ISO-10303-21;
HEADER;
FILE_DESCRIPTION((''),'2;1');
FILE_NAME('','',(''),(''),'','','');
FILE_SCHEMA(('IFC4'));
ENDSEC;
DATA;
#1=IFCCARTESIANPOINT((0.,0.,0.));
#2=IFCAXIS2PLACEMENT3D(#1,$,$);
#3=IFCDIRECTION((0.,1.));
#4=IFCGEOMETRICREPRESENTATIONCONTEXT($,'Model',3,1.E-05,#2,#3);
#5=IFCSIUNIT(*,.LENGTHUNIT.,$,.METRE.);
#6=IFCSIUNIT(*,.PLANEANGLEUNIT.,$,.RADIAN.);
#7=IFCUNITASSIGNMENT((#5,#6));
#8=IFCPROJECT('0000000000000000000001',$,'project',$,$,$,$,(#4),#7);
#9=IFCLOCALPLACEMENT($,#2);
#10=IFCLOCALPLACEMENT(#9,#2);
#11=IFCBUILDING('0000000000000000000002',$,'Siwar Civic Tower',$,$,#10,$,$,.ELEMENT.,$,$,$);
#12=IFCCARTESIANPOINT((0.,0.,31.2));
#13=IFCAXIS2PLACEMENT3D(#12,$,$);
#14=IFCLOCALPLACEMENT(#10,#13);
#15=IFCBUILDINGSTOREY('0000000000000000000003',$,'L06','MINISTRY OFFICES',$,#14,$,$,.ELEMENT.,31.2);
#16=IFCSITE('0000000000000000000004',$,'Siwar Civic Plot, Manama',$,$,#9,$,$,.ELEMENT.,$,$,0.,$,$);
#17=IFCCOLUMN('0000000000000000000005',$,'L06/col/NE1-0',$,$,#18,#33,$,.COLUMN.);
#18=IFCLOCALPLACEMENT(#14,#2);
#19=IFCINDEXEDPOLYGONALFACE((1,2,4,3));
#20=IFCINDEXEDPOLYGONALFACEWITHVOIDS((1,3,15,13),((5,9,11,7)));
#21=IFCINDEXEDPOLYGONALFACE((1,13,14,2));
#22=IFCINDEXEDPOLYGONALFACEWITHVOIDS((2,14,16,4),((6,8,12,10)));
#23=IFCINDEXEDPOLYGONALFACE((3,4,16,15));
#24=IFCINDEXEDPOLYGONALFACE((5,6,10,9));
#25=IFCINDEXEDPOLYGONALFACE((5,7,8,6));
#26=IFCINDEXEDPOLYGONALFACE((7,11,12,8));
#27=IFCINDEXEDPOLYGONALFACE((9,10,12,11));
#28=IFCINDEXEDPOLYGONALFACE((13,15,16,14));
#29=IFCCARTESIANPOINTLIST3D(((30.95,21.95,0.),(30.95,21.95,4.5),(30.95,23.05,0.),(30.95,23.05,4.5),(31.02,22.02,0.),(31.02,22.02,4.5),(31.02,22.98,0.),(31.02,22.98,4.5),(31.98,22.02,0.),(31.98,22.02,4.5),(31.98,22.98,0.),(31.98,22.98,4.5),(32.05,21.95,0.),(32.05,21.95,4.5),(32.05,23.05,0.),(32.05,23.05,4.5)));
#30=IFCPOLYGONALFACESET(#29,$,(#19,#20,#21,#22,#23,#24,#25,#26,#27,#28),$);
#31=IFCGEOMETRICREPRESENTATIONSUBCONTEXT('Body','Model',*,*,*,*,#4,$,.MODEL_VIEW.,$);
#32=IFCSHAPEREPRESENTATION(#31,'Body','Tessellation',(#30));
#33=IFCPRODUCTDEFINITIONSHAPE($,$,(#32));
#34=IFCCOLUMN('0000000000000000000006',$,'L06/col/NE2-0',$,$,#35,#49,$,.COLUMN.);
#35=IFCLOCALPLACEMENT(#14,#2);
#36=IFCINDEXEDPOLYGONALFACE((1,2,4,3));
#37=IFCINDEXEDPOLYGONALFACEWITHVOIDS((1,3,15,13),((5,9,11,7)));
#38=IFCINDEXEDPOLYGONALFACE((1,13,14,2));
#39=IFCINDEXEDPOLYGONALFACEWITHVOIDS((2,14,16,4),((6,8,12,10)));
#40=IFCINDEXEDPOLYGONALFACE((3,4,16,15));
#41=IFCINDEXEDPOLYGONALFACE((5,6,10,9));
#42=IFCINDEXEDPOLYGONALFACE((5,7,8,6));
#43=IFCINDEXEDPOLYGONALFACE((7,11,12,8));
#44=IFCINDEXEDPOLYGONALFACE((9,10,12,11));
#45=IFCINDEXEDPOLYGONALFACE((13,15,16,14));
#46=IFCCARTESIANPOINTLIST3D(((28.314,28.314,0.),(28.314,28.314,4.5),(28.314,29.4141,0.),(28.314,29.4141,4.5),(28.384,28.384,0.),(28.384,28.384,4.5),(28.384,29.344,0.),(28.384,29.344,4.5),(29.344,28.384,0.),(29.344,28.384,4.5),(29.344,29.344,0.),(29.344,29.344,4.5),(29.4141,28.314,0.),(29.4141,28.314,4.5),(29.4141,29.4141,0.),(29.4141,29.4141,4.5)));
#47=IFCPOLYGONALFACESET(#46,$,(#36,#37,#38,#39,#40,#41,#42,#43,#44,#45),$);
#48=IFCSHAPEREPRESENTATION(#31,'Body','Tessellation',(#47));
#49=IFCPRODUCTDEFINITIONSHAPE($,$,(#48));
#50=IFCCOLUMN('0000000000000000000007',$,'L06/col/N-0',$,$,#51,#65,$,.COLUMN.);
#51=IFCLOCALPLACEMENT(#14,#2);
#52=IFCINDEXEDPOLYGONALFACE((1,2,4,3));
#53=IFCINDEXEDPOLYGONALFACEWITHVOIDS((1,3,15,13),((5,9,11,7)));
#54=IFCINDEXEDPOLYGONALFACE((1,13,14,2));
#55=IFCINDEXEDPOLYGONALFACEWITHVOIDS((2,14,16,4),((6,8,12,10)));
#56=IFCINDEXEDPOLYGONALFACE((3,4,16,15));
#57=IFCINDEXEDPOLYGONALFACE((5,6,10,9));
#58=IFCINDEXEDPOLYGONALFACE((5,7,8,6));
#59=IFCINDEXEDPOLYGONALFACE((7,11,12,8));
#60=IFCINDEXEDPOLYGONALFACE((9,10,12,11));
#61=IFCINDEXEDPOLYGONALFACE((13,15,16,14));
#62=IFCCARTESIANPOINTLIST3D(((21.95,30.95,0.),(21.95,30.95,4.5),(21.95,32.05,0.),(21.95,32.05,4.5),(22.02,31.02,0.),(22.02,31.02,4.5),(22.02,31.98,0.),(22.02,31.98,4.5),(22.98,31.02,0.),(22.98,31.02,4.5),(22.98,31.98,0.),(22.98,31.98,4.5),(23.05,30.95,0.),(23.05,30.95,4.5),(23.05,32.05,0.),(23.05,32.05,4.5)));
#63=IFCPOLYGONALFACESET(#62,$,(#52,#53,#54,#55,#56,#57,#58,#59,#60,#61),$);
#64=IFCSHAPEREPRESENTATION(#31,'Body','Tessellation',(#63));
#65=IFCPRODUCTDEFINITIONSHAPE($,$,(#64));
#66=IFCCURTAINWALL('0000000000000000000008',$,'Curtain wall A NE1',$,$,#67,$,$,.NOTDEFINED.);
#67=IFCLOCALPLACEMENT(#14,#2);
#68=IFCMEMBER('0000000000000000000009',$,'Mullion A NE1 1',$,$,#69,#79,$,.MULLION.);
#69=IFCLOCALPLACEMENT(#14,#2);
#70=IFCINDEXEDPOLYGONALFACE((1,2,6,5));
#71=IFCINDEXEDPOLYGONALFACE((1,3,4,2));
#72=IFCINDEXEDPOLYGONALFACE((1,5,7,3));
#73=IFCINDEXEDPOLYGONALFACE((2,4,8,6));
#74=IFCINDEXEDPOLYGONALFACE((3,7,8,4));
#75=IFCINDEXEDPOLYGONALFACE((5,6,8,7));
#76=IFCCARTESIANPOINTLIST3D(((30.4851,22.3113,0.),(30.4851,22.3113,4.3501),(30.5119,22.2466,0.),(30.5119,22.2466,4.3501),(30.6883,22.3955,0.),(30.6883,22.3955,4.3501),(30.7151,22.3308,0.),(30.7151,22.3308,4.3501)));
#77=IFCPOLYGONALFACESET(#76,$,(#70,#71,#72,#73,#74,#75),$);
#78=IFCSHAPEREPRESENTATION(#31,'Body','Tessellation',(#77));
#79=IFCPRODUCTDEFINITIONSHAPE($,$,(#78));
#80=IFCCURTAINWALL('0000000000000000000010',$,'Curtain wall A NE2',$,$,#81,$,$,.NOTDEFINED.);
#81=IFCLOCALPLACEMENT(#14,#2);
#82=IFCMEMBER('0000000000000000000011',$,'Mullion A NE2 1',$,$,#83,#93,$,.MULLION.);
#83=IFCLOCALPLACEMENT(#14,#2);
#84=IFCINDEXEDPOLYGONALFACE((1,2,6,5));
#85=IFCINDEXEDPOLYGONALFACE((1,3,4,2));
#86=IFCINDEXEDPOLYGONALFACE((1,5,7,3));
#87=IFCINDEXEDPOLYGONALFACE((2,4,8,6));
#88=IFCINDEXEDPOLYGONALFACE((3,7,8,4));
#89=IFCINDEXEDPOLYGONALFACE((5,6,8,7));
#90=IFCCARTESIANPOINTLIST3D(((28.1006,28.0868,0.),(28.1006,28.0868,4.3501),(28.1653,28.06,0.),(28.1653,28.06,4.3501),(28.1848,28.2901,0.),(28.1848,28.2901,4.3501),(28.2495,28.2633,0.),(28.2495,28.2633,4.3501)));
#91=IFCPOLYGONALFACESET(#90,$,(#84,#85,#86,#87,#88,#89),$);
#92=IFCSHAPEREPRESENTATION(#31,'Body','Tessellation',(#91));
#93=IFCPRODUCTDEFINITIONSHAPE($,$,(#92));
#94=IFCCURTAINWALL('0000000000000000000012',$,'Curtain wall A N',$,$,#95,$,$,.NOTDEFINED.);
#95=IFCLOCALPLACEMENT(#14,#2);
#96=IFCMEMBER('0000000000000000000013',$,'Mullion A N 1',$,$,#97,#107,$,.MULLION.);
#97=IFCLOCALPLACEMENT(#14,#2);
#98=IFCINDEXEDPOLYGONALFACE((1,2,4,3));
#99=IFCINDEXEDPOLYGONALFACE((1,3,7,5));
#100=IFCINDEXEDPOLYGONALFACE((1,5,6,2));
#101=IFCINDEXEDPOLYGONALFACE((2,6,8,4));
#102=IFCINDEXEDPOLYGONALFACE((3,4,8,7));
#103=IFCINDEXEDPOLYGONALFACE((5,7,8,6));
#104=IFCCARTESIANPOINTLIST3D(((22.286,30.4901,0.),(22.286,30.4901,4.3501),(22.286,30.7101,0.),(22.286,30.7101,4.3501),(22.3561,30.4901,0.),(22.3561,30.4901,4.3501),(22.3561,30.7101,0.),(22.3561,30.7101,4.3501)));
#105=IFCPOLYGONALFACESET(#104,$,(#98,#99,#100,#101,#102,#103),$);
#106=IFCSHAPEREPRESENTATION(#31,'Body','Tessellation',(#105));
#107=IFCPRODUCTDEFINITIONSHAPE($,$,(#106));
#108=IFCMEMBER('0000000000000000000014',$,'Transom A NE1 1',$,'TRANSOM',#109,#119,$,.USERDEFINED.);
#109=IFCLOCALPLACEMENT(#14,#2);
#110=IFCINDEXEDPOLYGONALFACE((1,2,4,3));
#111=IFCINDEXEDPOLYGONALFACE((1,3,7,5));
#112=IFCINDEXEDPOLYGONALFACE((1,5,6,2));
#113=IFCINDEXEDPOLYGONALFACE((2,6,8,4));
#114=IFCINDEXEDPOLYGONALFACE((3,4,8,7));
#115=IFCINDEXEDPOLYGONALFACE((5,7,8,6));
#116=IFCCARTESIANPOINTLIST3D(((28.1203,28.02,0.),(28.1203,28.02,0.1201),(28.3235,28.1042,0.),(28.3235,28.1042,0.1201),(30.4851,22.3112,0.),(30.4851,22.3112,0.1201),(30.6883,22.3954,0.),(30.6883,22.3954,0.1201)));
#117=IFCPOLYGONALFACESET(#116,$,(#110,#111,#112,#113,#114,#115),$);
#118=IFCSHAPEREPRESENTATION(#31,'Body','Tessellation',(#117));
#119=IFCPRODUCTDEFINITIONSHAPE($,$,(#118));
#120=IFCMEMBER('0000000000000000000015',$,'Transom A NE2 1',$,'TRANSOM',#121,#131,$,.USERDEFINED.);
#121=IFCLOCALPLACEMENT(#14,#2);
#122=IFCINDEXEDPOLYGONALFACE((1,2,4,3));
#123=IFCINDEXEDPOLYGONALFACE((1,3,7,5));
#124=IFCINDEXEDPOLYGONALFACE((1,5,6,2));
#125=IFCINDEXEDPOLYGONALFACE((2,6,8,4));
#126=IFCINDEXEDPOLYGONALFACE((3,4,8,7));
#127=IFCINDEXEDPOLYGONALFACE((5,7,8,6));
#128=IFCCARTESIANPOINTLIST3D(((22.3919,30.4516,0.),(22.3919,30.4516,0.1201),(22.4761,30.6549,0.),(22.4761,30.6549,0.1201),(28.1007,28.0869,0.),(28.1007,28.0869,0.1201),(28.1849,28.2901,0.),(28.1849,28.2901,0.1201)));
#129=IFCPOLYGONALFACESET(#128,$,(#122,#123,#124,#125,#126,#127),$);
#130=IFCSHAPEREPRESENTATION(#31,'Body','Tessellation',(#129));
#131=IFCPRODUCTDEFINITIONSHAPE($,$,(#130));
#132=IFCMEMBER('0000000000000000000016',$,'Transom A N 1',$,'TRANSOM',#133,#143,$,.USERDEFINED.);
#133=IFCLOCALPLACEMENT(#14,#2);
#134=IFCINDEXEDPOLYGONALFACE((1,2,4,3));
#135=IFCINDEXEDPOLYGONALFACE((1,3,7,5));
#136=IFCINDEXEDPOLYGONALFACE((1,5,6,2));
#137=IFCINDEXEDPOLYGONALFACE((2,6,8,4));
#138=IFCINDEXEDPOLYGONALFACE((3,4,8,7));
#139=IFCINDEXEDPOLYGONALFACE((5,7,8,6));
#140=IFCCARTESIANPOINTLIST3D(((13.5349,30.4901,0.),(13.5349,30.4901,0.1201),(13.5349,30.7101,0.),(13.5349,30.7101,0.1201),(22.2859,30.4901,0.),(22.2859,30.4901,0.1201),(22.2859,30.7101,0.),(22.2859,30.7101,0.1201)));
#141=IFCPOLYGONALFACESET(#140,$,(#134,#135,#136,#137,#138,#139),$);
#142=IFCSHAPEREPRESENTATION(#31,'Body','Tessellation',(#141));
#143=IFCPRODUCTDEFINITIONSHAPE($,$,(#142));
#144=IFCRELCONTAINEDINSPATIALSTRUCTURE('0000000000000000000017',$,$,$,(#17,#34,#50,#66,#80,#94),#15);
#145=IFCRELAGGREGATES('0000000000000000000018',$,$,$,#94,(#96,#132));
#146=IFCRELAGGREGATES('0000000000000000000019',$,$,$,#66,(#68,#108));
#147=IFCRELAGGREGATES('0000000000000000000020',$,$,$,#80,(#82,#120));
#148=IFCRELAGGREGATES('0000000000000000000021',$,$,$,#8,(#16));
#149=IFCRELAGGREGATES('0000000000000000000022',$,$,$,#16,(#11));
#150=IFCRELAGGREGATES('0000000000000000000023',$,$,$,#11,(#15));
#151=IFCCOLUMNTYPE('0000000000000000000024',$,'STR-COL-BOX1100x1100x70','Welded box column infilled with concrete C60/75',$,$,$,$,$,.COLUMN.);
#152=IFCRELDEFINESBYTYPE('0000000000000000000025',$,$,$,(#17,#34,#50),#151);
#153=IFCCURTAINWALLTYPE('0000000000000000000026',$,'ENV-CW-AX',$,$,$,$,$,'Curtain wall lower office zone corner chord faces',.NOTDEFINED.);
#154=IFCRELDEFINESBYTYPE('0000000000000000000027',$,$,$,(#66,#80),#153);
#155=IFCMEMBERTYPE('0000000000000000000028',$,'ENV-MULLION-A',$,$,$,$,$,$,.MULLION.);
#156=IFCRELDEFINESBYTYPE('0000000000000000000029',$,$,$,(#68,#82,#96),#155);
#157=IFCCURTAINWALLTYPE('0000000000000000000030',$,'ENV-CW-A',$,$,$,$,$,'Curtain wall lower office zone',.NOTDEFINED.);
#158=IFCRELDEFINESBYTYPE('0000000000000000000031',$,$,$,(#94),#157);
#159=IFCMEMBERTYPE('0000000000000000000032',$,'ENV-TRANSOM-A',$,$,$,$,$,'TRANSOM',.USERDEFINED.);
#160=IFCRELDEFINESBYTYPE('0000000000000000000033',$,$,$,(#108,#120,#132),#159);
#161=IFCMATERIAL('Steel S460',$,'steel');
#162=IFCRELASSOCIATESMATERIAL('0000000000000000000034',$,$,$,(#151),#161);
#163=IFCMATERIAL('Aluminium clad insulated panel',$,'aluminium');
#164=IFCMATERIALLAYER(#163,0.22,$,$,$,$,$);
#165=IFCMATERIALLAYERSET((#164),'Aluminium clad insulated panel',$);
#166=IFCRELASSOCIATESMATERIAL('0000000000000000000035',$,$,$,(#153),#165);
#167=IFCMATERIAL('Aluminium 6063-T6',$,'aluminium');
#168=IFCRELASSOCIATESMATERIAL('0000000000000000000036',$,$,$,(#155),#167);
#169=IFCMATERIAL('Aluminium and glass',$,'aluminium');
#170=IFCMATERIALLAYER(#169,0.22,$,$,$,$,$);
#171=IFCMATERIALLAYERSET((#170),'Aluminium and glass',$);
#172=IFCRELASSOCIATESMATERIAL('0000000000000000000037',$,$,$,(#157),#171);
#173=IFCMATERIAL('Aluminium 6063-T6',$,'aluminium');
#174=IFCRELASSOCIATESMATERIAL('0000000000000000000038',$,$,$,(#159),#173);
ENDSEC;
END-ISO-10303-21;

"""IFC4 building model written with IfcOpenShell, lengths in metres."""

from ifc_helpers import new_model, si_unit, direction, frame, origin, origin_2d, place, context, subcontext, project, spatial, rectangle, hollow_rectangle, extrude, material, layer, layer_set, material_profile, profile_set, type_object, element, aggregate, save


model = new_model("IFC4")

# Units and contexts
model_context = context("Model", 3, precision=1e-05, world=origin(), true_north=direction((0.0, 1.0)))
body_context = subcontext(model_context, "Body", "Model", "MODEL_VIEW")
ifc_project = project(units=[si_unit("LENGTHUNIT", "METRE"), si_unit("PLANEANGLEUNIT", "RADIAN")], contexts=[model_context])

# Site, building, storey
site_placement = place(None, origin())
site = spatial("IfcSite", under=ifc_project, at=site_placement, Name="Siwar Civic Plot, Manama", CompositionType="ELEMENT", RefElevation=0.0)
building_placement = place(site_placement, origin())
building = spatial("IfcBuilding", under=site, at=building_placement, Name="Siwar Civic Tower", CompositionType="ELEMENT")
storey_placement = place(building_placement, frame((0.0, 0.0, 31.2)))
storey = spatial("IfcBuildingStorey", under=building, at=storey_placement, Name="L06", Description="MINISTRY OFFICES", CompositionType="ELEMENT", Elevation=31.2)

# Columns
ifc_material_1 = material(Name="Steel S460", Category="steel")
ifc_material_profile_1 = material_profile(ifc_material_1, hollow_rectangle(XDim=1.1001, YDim=1.1001, WallThickness=0.0701, at=origin_2d()), Name="BOX1100x1100x70")
ifc_profile_set_1 = profile_set([ifc_material_profile_1], Name="Steel S460")
column_type = type_object("IfcColumnType", Name="STR-COL-BOX1100x1100x70", Description="Welded box column infilled with concrete C60/75", PredefinedType="COLUMN", material=ifc_profile_set_1)
for number, where, z_axis, x_axis, name in (
    (1, (31.5, 22.5, 0.0), (0.0, 0.0, 1.0), (1.0, 0.0, 0.0), "L06/col/NE1-0"),
    (2, (28.864, 28.864, 0.0), (0.0, 0.0, 1.0), (1.0, 0.0, 0.0), "L06/col/NE2-0"),
    (3, (22.5, 31.5, 0.0), (0.0, 0.0, 1.0), (1.0, 0.0, 0.0), "L06/col/N-0"),
):
    element("IfcColumn", number, at=place(storey_placement, frame(where, z_axis=z_axis, x_axis=x_axis)), inside=storey, type_object=column_type, Name=name, PredefinedType="COLUMN", context=body_context, shape_type="SweptSolid", body=[
        extrude(hollow_rectangle(XDim=1.1001, YDim=1.1001, WallThickness=0.0701, at=origin_2d()), origin(), (0.0, 0.0, 1.0), 4.5),
    ])

# Curtain walls, members
ifc_material_2 = material(Name="Aluminium clad insulated panel", Category="aluminium")
ifc_layer_1 = layer(ifc_material_2, 0.22)
ifc_layer_set_1 = layer_set([ifc_layer_1], Name="Aluminium clad insulated panel")
curtain_wall_type_1 = type_object("IfcCurtainWallType", Name="ENV-CW-AX", ElementType="Curtain wall lower office zone corner chord faces", PredefinedType="NOTDEFINED", material=ifc_layer_set_1)
curtain_wall_1_placement = place(storey_placement, origin())
curtain_wall_1 = element("IfcCurtainWall", 4, at=curtain_wall_1_placement, inside=storey, type_object=curtain_wall_type_1, Name="Curtain wall A NE1", PredefinedType="NOTDEFINED")
ifc_material_3 = material(Name="Aluminium 6063-T6", Category="aluminium")
ifc_material_profile_2 = material_profile(ifc_material_3, rectangle(XDim=0.22, YDim=0.0701, at=origin_2d()), Name="AL 220x70")
ifc_profile_set_2 = profile_set([ifc_material_profile_2], Name="Aluminium 6063-T6")
member_type_1 = type_object("IfcMemberType", Name="ENV-MULLION-A", PredefinedType="MULLION", material=ifc_profile_set_2)
member_1_placement = place(storey_placement, frame((30.6001, 22.321, 0.0), z_axis=(0.0, 0.0, 1.0), x_axis=(-0.92388, -0.382683, 0.0)))
member_1 = element("IfcMember", 5, at=member_1_placement, type_object=member_type_1, Name="Mullion A NE1 1", PredefinedType="MULLION", context=body_context, shape_type="SweptSolid", body=[
    extrude(rectangle(XDim=0.22, YDim=0.0701, at=origin_2d()), origin(), (0.0, 0.0, 1.0), 4.3501),
])
curtain_wall_2_placement = place(storey_placement, origin())
curtain_wall_2 = element("IfcCurtainWall", 6, at=curtain_wall_2_placement, inside=storey, type_object=curtain_wall_type_1, Name="Curtain wall A NE2", PredefinedType="NOTDEFINED")
member_2_placement = place(storey_placement, frame((28.175, 28.175, 0.0), z_axis=(0.0, 0.0, 1.0), x_axis=(-0.382683, -0.92388, 0.0)))
member_2 = element("IfcMember", 7, at=member_2_placement, type_object=member_type_1, Name="Mullion A NE2 1", PredefinedType="MULLION", context=body_context, shape_type="SweptSolid", body=[
    extrude(rectangle(XDim=0.22, YDim=0.0701, at=origin_2d()), origin(), (0.0, 0.0, 1.0), 4.3501),
])
ifc_material_4 = material(Name="Aluminium and glass", Category="aluminium")
ifc_layer_2 = layer(ifc_material_4, 0.22)
ifc_layer_set_2 = layer_set([ifc_layer_2], Name="Aluminium and glass")
curtain_wall_type_2 = type_object("IfcCurtainWallType", Name="ENV-CW-A", ElementType="Curtain wall lower office zone", PredefinedType="NOTDEFINED", material=ifc_layer_set_2)
curtain_wall_3_placement = place(storey_placement, origin())
curtain_wall_3 = element("IfcCurtainWall", 8, at=curtain_wall_3_placement, inside=storey, type_object=curtain_wall_type_2, Name="Curtain wall A N", PredefinedType="NOTDEFINED")
member_3_placement = place(storey_placement, frame((22.321, 30.6001, 0.0), z_axis=(0.0, 0.0, 1.0), x_axis=(0.0, -1.0, 0.0)))
member_3 = element("IfcMember", 9, at=member_3_placement, type_object=member_type_1, Name="Mullion A N 1", PredefinedType="MULLION", context=body_context, shape_type="SweptSolid", body=[
    extrude(rectangle(XDim=0.22, YDim=0.0701, at=origin_2d()), origin(), (0.0, 0.0, 1.0), 4.3501),
])

# Members
ifc_material_5 = material(Name="Aluminium 6063-T6", Category="aluminium")
ifc_material_profile_3 = material_profile(ifc_material_5, rectangle(XDim=0.22, YDim=0.1201, at=origin_2d()), Name="AL 220x120")
ifc_profile_set_3 = profile_set([ifc_material_profile_3], Name="Aluminium 6063-T6")
member_type_2 = type_object("IfcMemberType", Name="ENV-TRANSOM-A", ElementType="TRANSOM", PredefinedType="USERDEFINED", material=ifc_profile_set_3)
member_4_placement = place(storey_placement, frame((30.5867, 22.3533, 0.0601), z_axis=(-0.382698, 0.923873, 0.0), x_axis=(-0.923873, -0.382698, 0.0)))
member_4 = element("IfcMember", 10, at=member_4_placement, type_object=member_type_2, Name="Transom A NE1 1", ObjectType="TRANSOM", PredefinedType="USERDEFINED", context=body_context, shape_type="SweptSolid", body=[
    extrude(rectangle(XDim=0.22, YDim=0.1201, at=origin_2d()), origin(), (0.0, 0.0, 1.0), 6.1792),
])
member_5_placement = place(storey_placement, frame((28.1428, 28.1885, 0.0601), z_axis=(-0.923873, 0.382698, 0.0), x_axis=(-0.382698, -0.923873, 0.0)))
member_5 = element("IfcMember", 11, at=member_5_placement, type_object=member_type_2, Name="Transom A NE2 1", ObjectType="TRANSOM", PredefinedType="USERDEFINED", context=body_context, shape_type="SweptSolid", body=[
    extrude(rectangle(XDim=0.22, YDim=0.1201, at=origin_2d()), origin(), (0.0, 0.0, 1.0), 6.1792),
])
member_6_placement = place(storey_placement, frame((22.2859, 30.6001, 0.0601), z_axis=(-1.0, 0.0, 0.0), x_axis=(0.0, -1.0, 0.0)))
member_6 = element("IfcMember", 12, at=member_6_placement, type_object=member_type_2, Name="Transom A N 1", ObjectType="TRANSOM", PredefinedType="USERDEFINED", context=body_context, shape_type="SweptSolid", body=[
    extrude(rectangle(XDim=0.22, YDim=0.1201, at=origin_2d()), origin(), (0.0, 0.0, 1.0), 8.751),
])

aggregate(curtain_wall_3, [member_3, member_6])
aggregate(curtain_wall_1, [member_1, member_4])
aggregate(curtain_wall_2, [member_2, member_5])

save(model, "model.ifc")
